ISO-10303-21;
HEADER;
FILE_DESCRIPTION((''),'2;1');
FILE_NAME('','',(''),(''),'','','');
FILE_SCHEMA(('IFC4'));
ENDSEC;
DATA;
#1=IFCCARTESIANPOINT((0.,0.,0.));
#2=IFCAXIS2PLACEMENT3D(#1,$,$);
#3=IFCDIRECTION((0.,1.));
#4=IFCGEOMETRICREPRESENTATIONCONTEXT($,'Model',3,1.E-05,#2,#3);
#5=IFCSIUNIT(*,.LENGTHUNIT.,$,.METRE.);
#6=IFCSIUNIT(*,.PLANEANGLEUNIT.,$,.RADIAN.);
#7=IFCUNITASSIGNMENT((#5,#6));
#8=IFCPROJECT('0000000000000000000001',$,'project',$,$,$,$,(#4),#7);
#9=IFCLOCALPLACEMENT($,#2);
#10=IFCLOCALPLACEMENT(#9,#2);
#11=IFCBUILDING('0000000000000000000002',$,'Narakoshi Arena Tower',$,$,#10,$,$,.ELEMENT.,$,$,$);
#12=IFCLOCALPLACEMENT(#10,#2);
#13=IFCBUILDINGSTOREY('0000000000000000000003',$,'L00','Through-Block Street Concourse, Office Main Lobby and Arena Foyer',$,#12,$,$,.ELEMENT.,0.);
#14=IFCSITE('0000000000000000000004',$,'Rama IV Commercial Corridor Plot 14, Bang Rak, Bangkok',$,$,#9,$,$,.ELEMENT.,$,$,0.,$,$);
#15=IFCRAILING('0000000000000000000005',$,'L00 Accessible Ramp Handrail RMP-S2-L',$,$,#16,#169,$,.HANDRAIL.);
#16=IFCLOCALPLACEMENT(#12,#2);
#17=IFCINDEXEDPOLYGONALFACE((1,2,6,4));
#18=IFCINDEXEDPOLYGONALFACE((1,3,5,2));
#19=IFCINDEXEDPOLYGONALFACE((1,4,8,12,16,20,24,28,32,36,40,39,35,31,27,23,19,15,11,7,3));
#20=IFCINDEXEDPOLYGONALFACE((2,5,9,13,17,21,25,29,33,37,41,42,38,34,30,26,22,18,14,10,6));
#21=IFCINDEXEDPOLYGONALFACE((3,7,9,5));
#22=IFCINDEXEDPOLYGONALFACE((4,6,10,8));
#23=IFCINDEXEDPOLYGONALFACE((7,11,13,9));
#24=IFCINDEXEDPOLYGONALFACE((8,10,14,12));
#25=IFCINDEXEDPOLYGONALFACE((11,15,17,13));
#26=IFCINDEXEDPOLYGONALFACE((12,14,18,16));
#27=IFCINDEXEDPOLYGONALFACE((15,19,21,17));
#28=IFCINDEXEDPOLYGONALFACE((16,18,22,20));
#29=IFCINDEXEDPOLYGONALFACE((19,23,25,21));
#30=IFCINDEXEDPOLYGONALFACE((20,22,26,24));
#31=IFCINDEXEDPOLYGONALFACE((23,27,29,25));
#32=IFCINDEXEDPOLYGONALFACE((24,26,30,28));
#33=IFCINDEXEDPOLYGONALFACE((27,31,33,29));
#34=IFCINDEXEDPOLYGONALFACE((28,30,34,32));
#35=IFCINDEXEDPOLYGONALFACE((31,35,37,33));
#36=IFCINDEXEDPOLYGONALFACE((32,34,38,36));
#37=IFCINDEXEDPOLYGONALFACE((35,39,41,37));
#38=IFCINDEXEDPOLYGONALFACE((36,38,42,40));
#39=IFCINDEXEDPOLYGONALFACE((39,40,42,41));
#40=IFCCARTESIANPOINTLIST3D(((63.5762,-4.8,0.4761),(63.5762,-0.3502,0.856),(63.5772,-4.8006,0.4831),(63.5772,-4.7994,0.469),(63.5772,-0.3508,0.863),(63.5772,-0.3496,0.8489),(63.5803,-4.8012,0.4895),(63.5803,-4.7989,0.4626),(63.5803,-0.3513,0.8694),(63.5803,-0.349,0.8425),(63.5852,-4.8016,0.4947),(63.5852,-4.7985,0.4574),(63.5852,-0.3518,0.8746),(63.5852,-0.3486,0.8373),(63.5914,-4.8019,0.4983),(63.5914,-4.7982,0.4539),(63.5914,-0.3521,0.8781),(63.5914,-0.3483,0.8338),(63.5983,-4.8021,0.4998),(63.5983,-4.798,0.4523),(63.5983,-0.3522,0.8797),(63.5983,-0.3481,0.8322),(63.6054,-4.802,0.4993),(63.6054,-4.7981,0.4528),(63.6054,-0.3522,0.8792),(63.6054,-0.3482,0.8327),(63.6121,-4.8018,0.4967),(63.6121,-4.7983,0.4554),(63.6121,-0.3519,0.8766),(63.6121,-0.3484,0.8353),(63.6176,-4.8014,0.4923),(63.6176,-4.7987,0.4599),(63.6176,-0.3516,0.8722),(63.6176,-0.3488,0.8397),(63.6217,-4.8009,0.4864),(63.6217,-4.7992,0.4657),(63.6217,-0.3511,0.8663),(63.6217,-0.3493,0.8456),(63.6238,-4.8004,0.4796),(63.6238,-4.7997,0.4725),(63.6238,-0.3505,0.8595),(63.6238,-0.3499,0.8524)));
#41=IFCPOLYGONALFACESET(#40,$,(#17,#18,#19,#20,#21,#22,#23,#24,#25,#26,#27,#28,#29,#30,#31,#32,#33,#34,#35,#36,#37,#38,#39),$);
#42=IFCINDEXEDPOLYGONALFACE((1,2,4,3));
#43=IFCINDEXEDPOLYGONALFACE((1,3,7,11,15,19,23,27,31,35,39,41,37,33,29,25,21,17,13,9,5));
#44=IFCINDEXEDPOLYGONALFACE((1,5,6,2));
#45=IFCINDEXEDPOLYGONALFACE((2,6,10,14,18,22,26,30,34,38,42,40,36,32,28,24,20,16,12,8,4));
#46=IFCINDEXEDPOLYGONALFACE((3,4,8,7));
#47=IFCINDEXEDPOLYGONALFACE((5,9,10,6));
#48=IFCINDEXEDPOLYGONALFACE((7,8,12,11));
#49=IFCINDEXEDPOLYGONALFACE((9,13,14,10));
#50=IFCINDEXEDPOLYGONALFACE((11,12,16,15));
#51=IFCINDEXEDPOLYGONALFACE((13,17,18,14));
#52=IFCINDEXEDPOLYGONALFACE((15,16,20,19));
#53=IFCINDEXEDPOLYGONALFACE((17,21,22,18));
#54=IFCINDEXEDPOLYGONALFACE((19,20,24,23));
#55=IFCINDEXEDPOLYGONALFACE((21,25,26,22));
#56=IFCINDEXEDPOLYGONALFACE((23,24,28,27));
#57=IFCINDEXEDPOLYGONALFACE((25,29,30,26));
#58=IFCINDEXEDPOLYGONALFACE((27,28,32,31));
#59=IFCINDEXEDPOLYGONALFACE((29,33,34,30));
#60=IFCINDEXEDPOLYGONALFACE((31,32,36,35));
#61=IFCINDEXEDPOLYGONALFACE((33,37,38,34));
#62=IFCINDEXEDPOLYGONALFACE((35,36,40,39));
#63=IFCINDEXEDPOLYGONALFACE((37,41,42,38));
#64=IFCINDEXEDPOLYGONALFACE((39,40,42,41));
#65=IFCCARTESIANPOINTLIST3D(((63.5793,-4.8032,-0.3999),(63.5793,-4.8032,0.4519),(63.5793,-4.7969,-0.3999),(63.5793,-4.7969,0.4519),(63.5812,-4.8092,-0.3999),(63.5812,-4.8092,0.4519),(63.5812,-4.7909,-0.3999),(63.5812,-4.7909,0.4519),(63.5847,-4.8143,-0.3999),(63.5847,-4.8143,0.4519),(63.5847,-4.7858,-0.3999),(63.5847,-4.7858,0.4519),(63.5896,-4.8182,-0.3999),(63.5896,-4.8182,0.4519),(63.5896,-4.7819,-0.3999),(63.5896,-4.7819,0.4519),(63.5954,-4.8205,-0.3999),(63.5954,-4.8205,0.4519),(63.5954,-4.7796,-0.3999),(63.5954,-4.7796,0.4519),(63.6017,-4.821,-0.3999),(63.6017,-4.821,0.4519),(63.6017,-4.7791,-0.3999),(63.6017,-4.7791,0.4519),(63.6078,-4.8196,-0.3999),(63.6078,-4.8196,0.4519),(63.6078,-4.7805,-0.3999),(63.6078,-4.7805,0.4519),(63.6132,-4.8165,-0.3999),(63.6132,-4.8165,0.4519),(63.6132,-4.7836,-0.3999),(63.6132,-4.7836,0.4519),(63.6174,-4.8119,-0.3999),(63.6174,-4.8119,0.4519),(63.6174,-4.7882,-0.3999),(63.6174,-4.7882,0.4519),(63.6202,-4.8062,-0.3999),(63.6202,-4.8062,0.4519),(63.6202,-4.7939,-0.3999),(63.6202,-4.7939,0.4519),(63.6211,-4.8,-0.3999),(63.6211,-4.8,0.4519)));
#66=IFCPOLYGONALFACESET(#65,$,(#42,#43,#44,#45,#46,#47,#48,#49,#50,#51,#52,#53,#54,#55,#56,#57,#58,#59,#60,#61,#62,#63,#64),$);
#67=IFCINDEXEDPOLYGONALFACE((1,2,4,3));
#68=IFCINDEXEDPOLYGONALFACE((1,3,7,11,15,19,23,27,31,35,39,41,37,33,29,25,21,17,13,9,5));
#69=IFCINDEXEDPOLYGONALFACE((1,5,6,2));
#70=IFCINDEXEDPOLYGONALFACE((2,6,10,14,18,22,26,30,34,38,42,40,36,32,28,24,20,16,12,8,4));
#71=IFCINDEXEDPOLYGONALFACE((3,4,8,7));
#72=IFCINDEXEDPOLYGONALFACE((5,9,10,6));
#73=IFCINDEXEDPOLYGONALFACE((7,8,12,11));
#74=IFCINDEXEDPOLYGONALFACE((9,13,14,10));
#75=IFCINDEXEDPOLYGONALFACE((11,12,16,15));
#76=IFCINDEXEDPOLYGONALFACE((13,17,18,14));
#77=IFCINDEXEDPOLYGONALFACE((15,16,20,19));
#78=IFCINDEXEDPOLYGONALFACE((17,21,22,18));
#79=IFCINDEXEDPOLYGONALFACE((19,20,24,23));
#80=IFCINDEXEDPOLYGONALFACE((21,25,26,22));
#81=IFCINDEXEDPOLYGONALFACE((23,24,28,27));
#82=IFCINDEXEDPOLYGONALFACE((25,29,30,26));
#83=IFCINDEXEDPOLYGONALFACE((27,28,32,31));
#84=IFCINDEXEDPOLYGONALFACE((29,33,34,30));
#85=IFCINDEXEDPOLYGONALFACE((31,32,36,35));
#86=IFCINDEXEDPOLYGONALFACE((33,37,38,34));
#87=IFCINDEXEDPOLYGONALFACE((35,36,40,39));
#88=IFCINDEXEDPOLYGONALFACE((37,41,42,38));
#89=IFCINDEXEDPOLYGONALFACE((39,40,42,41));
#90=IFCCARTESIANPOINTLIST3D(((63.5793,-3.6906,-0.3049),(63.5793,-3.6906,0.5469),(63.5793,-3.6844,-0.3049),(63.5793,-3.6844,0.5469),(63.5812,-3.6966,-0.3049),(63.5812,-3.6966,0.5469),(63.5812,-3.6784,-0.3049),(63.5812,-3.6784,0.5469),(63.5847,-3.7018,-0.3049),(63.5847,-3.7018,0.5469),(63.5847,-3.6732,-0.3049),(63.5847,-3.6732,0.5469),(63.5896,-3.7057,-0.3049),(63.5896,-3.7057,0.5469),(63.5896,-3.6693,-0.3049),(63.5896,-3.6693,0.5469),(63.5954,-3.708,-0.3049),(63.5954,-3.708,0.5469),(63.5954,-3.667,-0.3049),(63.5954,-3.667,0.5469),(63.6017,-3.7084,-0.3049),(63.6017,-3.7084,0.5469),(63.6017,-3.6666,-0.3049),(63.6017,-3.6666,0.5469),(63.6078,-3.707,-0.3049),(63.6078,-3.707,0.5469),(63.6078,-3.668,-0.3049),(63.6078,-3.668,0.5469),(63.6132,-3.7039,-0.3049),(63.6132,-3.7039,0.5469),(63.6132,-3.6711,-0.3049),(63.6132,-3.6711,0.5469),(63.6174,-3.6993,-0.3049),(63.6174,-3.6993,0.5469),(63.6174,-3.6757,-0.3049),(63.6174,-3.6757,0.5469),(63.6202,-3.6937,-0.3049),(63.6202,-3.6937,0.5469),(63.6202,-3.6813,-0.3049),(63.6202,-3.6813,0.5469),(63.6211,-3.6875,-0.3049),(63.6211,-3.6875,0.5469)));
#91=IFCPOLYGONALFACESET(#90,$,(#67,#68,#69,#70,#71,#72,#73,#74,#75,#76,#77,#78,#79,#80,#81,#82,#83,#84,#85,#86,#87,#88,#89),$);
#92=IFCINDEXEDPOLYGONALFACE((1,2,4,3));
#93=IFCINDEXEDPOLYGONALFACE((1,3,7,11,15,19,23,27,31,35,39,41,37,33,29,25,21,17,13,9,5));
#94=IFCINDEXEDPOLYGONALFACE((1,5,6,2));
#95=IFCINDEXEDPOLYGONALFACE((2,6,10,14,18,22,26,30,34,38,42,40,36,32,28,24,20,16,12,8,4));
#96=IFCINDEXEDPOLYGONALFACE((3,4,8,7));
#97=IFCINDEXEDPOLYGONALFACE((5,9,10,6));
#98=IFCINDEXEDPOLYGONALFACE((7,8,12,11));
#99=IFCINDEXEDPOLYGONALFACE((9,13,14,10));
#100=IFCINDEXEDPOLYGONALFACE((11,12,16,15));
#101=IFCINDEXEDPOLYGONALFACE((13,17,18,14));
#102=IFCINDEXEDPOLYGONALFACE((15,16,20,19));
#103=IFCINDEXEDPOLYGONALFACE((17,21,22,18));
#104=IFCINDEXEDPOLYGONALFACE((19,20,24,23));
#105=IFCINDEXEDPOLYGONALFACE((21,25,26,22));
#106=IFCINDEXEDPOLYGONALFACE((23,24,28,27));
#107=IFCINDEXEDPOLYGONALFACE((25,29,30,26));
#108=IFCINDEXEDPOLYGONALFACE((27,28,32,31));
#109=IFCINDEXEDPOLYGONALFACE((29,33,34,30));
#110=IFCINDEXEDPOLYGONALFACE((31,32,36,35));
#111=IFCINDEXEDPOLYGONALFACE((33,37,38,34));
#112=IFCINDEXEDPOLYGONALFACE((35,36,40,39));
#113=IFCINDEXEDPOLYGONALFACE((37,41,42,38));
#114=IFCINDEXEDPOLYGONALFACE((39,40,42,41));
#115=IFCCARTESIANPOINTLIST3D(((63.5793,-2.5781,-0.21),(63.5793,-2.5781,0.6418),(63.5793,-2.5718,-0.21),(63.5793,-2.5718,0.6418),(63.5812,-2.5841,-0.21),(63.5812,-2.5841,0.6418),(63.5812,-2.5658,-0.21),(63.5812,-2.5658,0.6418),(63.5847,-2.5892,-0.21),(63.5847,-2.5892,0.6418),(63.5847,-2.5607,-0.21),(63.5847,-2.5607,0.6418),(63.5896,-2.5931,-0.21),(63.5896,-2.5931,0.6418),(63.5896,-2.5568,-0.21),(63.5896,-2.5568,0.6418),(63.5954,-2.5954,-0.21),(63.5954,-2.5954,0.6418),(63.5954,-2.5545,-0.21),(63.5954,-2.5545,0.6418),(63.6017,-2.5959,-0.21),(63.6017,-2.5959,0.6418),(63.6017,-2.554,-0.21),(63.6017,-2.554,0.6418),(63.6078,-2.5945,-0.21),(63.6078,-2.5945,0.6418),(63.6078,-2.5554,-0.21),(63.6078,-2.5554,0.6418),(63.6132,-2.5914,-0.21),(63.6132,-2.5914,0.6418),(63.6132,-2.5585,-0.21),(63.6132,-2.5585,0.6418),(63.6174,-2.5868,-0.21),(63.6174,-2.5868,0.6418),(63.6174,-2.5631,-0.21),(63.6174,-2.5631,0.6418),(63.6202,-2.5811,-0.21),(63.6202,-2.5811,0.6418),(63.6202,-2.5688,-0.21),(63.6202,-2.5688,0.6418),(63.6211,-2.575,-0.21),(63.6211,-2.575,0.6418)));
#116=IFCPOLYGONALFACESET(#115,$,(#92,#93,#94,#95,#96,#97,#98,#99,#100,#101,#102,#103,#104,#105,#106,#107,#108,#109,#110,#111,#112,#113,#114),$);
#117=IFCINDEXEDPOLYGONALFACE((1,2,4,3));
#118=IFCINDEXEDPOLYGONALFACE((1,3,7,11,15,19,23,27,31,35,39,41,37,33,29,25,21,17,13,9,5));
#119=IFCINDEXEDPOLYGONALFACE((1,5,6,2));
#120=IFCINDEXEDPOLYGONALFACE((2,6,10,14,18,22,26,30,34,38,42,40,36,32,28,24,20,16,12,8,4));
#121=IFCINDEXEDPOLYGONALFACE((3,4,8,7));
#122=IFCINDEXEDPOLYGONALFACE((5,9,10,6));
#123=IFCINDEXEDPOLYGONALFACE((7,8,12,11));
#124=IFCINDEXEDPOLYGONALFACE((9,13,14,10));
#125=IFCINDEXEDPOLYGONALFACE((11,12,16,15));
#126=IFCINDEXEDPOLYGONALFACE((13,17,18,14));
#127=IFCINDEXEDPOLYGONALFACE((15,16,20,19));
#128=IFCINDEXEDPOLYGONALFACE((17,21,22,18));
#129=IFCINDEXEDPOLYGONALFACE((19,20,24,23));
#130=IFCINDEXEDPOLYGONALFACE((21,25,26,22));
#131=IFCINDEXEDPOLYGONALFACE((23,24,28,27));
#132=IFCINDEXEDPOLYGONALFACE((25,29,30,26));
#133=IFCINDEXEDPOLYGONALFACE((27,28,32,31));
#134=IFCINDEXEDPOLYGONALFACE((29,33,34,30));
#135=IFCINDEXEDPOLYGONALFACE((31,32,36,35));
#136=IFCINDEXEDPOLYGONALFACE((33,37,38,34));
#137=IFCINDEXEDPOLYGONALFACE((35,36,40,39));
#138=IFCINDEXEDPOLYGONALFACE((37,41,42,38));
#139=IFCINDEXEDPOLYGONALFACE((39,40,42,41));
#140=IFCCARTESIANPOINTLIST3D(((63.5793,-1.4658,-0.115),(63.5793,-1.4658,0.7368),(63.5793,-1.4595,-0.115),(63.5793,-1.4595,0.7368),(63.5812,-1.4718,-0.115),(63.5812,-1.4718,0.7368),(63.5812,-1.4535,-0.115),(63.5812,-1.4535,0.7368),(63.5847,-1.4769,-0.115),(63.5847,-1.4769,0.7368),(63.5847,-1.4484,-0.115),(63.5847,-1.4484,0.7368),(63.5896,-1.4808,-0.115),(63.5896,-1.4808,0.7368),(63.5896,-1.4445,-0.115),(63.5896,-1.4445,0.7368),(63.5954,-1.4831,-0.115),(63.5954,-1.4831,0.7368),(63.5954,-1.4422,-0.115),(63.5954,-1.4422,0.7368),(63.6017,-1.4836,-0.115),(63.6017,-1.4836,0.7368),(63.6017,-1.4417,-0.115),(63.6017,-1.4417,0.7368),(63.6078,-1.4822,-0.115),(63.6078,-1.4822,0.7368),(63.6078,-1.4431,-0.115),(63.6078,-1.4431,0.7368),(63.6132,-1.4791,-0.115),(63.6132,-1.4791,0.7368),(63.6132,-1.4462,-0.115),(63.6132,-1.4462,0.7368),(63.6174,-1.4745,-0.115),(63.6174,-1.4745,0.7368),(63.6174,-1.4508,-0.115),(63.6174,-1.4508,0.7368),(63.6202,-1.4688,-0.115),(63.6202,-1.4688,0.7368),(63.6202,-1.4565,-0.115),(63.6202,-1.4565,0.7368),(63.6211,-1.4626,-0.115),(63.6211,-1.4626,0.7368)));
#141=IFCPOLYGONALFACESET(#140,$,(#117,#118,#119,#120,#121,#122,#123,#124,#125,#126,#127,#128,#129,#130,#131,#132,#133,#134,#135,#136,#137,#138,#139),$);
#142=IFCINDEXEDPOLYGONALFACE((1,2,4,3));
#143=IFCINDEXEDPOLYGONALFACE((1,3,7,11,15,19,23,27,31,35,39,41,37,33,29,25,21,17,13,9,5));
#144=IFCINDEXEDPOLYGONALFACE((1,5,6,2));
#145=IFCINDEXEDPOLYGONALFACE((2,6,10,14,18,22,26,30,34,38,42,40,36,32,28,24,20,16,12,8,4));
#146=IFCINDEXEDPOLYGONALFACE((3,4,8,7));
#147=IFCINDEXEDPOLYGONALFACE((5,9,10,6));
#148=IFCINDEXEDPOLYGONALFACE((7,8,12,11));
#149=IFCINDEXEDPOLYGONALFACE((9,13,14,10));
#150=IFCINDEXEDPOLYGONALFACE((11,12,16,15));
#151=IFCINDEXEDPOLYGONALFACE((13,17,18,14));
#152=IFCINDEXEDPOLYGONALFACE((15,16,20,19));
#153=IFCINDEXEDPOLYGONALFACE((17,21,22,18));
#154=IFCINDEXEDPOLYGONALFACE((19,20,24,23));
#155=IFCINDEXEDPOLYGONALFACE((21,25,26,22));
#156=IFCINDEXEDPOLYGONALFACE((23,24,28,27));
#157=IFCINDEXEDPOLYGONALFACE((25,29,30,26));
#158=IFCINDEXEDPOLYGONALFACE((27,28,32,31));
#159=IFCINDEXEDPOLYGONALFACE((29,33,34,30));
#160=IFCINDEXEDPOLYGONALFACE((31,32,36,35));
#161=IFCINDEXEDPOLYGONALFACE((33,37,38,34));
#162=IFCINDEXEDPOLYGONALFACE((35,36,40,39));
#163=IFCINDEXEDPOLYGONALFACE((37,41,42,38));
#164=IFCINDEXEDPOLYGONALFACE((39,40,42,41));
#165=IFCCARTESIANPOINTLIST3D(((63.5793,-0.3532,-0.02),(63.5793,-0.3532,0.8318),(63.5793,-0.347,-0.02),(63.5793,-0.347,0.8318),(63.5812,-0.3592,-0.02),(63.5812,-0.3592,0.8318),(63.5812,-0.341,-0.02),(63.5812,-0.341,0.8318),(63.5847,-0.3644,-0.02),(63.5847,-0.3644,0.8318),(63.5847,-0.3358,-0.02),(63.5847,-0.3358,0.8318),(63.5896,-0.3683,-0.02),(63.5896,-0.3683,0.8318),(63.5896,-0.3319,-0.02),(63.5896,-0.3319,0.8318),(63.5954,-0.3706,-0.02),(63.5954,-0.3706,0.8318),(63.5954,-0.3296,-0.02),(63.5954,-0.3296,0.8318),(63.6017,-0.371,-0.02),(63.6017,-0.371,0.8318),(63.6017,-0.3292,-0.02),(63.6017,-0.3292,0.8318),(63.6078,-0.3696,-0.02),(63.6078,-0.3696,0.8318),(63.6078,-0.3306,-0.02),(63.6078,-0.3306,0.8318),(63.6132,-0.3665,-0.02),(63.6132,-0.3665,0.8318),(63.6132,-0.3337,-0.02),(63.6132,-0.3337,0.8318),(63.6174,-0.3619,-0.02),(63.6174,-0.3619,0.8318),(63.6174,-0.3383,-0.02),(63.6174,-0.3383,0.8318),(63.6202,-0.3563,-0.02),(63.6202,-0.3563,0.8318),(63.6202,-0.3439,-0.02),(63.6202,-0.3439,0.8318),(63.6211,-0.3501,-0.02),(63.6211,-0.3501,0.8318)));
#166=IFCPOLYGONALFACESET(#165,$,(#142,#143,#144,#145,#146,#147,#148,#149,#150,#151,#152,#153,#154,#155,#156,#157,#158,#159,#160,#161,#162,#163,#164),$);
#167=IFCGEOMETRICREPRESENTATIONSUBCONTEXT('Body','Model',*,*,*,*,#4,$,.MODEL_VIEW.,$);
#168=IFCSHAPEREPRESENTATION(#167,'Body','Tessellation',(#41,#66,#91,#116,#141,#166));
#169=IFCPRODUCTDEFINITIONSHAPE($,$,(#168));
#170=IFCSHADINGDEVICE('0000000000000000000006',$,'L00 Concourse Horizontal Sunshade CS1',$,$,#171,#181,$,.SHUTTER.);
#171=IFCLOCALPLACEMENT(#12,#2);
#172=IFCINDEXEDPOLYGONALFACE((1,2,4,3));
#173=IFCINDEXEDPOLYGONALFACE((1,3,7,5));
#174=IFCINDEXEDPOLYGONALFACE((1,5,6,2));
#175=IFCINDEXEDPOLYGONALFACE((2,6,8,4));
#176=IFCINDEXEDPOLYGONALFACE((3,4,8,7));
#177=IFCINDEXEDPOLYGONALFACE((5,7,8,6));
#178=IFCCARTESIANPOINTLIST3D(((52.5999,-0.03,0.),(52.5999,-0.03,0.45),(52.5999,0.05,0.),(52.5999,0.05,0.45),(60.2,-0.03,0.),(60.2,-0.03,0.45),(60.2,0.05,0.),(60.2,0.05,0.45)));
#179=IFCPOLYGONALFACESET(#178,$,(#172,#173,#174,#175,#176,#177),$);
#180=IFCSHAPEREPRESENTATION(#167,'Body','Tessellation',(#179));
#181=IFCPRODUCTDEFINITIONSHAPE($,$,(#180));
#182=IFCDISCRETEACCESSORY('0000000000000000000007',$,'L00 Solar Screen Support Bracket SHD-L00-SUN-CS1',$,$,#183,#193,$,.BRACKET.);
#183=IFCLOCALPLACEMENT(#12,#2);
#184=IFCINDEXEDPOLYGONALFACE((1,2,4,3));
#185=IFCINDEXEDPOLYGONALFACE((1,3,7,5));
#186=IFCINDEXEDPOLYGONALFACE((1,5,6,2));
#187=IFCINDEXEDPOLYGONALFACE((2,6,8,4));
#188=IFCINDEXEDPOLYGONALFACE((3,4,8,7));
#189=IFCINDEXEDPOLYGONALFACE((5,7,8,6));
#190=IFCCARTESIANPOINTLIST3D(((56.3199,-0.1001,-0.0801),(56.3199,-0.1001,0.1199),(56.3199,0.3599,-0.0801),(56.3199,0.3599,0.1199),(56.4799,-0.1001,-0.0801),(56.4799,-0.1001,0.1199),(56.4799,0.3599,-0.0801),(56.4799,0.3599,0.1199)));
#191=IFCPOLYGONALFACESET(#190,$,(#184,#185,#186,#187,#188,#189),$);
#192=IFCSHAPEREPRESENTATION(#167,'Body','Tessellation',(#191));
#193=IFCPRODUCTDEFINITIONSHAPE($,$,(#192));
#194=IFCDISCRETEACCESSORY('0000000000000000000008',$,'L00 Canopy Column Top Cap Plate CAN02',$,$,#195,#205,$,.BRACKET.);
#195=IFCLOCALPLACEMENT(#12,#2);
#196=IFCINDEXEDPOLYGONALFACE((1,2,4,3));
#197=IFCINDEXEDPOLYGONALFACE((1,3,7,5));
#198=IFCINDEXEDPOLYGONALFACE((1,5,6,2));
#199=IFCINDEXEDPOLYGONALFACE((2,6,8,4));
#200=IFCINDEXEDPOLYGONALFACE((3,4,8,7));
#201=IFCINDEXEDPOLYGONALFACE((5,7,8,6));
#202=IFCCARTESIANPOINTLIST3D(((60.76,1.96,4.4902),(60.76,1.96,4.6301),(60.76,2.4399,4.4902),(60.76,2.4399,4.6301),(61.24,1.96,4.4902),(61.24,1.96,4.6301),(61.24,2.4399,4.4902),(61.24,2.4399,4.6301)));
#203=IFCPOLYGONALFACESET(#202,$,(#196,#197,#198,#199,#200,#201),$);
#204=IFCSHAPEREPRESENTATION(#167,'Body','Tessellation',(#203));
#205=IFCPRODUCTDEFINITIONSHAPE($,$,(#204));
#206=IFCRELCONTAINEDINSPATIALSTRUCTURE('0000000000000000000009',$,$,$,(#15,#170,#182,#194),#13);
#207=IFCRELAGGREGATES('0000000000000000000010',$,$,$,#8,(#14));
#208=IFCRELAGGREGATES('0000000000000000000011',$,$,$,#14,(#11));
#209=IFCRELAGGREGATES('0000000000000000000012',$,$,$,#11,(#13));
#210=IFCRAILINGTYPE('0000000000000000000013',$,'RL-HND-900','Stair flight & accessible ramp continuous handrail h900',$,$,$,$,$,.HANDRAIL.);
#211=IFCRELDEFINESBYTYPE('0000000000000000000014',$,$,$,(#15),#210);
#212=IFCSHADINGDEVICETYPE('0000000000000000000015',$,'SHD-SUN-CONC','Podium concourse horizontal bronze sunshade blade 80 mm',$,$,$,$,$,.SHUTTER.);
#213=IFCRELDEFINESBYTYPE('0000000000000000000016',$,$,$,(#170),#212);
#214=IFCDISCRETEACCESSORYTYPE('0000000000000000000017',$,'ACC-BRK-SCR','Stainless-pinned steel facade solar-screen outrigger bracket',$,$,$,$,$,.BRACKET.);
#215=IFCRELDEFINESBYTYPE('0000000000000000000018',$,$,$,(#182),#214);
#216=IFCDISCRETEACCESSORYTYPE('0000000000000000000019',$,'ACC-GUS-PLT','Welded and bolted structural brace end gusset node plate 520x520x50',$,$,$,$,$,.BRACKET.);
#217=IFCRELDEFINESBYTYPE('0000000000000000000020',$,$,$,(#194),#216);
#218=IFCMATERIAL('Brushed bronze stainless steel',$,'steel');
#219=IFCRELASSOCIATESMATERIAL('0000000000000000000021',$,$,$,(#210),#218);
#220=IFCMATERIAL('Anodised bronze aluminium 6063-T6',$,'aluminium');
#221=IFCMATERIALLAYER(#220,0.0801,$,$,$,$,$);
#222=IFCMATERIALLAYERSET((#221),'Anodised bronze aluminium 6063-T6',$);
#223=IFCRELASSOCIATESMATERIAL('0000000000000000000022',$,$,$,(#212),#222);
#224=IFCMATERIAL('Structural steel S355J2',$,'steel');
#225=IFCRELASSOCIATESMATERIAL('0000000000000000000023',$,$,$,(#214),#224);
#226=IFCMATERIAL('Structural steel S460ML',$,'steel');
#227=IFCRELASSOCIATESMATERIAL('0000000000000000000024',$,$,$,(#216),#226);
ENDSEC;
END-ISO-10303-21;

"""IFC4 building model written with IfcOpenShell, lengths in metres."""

from ifc_helpers import new_model, si_unit, direction, frame, origin, origin_2d, place, context, subcontext, project, spatial, rectangle, circle, extrude, material, layer, layer_set, type_object, element, save


model = new_model("IFC4")

# Units and contexts
model_context = context("Model", 3, precision=1e-05, world=origin(), true_north=direction((0.0, 1.0)))
body_context = subcontext(model_context, "Body", "Model", "MODEL_VIEW")
ifc_project = project(units=[si_unit("LENGTHUNIT", "METRE"), si_unit("PLANEANGLEUNIT", "RADIAN")], contexts=[model_context])

# Site, building, storey
site_placement = place(None, origin())
site = spatial("IfcSite", under=ifc_project, at=site_placement, Name="Rama IV Commercial Corridor Plot 14, Bang Rak, Bangkok", CompositionType="ELEMENT", RefElevation=0.0)
building_placement = place(site_placement, origin())
building = spatial("IfcBuilding", under=site, at=building_placement, Name="Narakoshi Arena Tower", CompositionType="ELEMENT")
storey_placement = place(building_placement, origin())
storey = spatial("IfcBuildingStorey", under=building, at=storey_placement, Name="L00", Description="Through-Block Street Concourse, Office Main Lobby and Arena Foyer", CompositionType="ELEMENT", Elevation=0.0)

# Shared definitions
ifc_material_1 = material(Name="Structural steel S355J2", Category="steel")

# Shared definitions
ifc_material_2 = material(Name="Anodised bronze aluminium 6063-T6", Category="aluminium")

# Railing
ifc_material_3 = material(Name="Brushed bronze stainless steel", Category="steel")
railing_type = type_object("IfcRailingType", Name="RL-HND-900", Description="Stair flight & accessible ramp continuous handrail h900", PredefinedType="HANDRAIL", material=ifc_material_3)
for number, where, name in (
    (1, (63.6001, -4.8, -0.3999), "L00 Accessible Ramp Handrail RMP-S2-L"),
):
    element("IfcRailing", number, at=place(storey_placement, frame(where)), inside=storey, type_object=railing_type, Name=name, PredefinedType="HANDRAIL", context=body_context, shape_type="SweptSolid", body=[
        extrude(circle(Radius=0.0239, at=origin_2d()), frame((0.0, 0.0, 0.876), z_axis=(0.0, 0.996376, 0.085058), x_axis=(-1.0, 0.0, 0.0)), (0.0, 0.0, 1.0), 4.4661),
        extrude(circle(Radius=0.021, at=origin_2d()), origin(), (0.0, 0.0, 1.0), 0.8518),
        extrude(circle(Radius=0.021, at=origin_2d()), frame((0.0, 1.1125, 0.095)), (0.0, 0.0, 1.0), 0.8518),
        extrude(circle(Radius=0.021, at=origin_2d()), frame((0.0, 2.2251, 0.1899)), (0.0, 0.0, 1.0), 0.8518),
        extrude(circle(Radius=0.021, at=origin_2d()), frame((0.0, 3.3374, 0.2849)), (0.0, 0.0, 1.0), 0.8518),
        extrude(circle(Radius=0.021, at=origin_2d()), frame((0.0, 4.45, 0.3799)), (0.0, 0.0, 1.0), 0.8518),
    ])

# Shading device
ifc_layer_1 = layer(ifc_material_2, 0.0801)
ifc_layer_set_1 = layer_set([ifc_layer_1], Name="Anodised bronze aluminium 6063-T6")
shading_device_type = type_object("IfcShadingDeviceType", Name="SHD-SUN-CONC", Description="Podium concourse horizontal bronze sunshade blade 80 mm", PredefinedType="SHUTTER", material=ifc_layer_set_1)
shading_device_placement = place(storey_placement, frame((56.3999, 0.01, 0.0), z_axis=(0.0, 0.0, 1.0), x_axis=(1.0, 0.0, 0.0)))
element("IfcShadingDevice", 2, at=shading_device_placement, inside=storey, type_object=shading_device_type, Name="L00 Concourse Horizontal Sunshade CS1", PredefinedType="SHUTTER", context=body_context, shape_type="SweptSolid", body=[
    extrude(rectangle(XDim=7.6001, YDim=0.0801, at=origin_2d()), origin(), (0.0, 0.0, 1.0), 0.45),
])

# Discrete accessories
discrete_accessory_type_1 = type_object("IfcDiscreteAccessoryType", Name="ACC-BRK-SCR", Description="Stainless-pinned steel facade solar-screen outrigger bracket", PredefinedType="BRACKET", material=ifc_material_1)
discrete_accessory_1_placement = place(storey_placement, frame((56.3999, 0.1299, -0.0801), z_axis=(0.0, 0.0, 1.0), x_axis=(1.0, 0.0, 0.0)))
element("IfcDiscreteAccessory", 3, at=discrete_accessory_1_placement, inside=storey, type_object=discrete_accessory_type_1, Name="L00 Solar Screen Support Bracket SHD-L00-SUN-CS1", PredefinedType="BRACKET", context=body_context, shape_type="SweptSolid", body=[
    extrude(rectangle(XDim=0.1599, YDim=0.46, at=origin_2d()), origin(), (0.0, 0.0, 1.0), 0.2),
])
ifc_material_4 = material(Name="Structural steel S460ML", Category="steel")
discrete_accessory_type_2 = type_object("IfcDiscreteAccessoryType", Name="ACC-GUS-PLT", Description="Welded and bolted structural brace end gusset node plate 520x520x50", PredefinedType="BRACKET", material=ifc_material_4)
discrete_accessory_2_placement = place(storey_placement, frame((61.0, 2.2, 4.4902), z_axis=(0.0, 0.0, 1.0), x_axis=(1.0, 0.0, 0.0)))
element("IfcDiscreteAccessory", 4, at=discrete_accessory_2_placement, inside=storey, type_object=discrete_accessory_type_2, Name="L00 Canopy Column Top Cap Plate CAN02", PredefinedType="BRACKET", context=body_context, shape_type="SweptSolid", body=[
    extrude(rectangle(XDim=0.48, YDim=0.48, at=origin_2d()), origin(), (0.0, 0.0, 1.0), 0.1399),
])

save(model, "model.ifc")
